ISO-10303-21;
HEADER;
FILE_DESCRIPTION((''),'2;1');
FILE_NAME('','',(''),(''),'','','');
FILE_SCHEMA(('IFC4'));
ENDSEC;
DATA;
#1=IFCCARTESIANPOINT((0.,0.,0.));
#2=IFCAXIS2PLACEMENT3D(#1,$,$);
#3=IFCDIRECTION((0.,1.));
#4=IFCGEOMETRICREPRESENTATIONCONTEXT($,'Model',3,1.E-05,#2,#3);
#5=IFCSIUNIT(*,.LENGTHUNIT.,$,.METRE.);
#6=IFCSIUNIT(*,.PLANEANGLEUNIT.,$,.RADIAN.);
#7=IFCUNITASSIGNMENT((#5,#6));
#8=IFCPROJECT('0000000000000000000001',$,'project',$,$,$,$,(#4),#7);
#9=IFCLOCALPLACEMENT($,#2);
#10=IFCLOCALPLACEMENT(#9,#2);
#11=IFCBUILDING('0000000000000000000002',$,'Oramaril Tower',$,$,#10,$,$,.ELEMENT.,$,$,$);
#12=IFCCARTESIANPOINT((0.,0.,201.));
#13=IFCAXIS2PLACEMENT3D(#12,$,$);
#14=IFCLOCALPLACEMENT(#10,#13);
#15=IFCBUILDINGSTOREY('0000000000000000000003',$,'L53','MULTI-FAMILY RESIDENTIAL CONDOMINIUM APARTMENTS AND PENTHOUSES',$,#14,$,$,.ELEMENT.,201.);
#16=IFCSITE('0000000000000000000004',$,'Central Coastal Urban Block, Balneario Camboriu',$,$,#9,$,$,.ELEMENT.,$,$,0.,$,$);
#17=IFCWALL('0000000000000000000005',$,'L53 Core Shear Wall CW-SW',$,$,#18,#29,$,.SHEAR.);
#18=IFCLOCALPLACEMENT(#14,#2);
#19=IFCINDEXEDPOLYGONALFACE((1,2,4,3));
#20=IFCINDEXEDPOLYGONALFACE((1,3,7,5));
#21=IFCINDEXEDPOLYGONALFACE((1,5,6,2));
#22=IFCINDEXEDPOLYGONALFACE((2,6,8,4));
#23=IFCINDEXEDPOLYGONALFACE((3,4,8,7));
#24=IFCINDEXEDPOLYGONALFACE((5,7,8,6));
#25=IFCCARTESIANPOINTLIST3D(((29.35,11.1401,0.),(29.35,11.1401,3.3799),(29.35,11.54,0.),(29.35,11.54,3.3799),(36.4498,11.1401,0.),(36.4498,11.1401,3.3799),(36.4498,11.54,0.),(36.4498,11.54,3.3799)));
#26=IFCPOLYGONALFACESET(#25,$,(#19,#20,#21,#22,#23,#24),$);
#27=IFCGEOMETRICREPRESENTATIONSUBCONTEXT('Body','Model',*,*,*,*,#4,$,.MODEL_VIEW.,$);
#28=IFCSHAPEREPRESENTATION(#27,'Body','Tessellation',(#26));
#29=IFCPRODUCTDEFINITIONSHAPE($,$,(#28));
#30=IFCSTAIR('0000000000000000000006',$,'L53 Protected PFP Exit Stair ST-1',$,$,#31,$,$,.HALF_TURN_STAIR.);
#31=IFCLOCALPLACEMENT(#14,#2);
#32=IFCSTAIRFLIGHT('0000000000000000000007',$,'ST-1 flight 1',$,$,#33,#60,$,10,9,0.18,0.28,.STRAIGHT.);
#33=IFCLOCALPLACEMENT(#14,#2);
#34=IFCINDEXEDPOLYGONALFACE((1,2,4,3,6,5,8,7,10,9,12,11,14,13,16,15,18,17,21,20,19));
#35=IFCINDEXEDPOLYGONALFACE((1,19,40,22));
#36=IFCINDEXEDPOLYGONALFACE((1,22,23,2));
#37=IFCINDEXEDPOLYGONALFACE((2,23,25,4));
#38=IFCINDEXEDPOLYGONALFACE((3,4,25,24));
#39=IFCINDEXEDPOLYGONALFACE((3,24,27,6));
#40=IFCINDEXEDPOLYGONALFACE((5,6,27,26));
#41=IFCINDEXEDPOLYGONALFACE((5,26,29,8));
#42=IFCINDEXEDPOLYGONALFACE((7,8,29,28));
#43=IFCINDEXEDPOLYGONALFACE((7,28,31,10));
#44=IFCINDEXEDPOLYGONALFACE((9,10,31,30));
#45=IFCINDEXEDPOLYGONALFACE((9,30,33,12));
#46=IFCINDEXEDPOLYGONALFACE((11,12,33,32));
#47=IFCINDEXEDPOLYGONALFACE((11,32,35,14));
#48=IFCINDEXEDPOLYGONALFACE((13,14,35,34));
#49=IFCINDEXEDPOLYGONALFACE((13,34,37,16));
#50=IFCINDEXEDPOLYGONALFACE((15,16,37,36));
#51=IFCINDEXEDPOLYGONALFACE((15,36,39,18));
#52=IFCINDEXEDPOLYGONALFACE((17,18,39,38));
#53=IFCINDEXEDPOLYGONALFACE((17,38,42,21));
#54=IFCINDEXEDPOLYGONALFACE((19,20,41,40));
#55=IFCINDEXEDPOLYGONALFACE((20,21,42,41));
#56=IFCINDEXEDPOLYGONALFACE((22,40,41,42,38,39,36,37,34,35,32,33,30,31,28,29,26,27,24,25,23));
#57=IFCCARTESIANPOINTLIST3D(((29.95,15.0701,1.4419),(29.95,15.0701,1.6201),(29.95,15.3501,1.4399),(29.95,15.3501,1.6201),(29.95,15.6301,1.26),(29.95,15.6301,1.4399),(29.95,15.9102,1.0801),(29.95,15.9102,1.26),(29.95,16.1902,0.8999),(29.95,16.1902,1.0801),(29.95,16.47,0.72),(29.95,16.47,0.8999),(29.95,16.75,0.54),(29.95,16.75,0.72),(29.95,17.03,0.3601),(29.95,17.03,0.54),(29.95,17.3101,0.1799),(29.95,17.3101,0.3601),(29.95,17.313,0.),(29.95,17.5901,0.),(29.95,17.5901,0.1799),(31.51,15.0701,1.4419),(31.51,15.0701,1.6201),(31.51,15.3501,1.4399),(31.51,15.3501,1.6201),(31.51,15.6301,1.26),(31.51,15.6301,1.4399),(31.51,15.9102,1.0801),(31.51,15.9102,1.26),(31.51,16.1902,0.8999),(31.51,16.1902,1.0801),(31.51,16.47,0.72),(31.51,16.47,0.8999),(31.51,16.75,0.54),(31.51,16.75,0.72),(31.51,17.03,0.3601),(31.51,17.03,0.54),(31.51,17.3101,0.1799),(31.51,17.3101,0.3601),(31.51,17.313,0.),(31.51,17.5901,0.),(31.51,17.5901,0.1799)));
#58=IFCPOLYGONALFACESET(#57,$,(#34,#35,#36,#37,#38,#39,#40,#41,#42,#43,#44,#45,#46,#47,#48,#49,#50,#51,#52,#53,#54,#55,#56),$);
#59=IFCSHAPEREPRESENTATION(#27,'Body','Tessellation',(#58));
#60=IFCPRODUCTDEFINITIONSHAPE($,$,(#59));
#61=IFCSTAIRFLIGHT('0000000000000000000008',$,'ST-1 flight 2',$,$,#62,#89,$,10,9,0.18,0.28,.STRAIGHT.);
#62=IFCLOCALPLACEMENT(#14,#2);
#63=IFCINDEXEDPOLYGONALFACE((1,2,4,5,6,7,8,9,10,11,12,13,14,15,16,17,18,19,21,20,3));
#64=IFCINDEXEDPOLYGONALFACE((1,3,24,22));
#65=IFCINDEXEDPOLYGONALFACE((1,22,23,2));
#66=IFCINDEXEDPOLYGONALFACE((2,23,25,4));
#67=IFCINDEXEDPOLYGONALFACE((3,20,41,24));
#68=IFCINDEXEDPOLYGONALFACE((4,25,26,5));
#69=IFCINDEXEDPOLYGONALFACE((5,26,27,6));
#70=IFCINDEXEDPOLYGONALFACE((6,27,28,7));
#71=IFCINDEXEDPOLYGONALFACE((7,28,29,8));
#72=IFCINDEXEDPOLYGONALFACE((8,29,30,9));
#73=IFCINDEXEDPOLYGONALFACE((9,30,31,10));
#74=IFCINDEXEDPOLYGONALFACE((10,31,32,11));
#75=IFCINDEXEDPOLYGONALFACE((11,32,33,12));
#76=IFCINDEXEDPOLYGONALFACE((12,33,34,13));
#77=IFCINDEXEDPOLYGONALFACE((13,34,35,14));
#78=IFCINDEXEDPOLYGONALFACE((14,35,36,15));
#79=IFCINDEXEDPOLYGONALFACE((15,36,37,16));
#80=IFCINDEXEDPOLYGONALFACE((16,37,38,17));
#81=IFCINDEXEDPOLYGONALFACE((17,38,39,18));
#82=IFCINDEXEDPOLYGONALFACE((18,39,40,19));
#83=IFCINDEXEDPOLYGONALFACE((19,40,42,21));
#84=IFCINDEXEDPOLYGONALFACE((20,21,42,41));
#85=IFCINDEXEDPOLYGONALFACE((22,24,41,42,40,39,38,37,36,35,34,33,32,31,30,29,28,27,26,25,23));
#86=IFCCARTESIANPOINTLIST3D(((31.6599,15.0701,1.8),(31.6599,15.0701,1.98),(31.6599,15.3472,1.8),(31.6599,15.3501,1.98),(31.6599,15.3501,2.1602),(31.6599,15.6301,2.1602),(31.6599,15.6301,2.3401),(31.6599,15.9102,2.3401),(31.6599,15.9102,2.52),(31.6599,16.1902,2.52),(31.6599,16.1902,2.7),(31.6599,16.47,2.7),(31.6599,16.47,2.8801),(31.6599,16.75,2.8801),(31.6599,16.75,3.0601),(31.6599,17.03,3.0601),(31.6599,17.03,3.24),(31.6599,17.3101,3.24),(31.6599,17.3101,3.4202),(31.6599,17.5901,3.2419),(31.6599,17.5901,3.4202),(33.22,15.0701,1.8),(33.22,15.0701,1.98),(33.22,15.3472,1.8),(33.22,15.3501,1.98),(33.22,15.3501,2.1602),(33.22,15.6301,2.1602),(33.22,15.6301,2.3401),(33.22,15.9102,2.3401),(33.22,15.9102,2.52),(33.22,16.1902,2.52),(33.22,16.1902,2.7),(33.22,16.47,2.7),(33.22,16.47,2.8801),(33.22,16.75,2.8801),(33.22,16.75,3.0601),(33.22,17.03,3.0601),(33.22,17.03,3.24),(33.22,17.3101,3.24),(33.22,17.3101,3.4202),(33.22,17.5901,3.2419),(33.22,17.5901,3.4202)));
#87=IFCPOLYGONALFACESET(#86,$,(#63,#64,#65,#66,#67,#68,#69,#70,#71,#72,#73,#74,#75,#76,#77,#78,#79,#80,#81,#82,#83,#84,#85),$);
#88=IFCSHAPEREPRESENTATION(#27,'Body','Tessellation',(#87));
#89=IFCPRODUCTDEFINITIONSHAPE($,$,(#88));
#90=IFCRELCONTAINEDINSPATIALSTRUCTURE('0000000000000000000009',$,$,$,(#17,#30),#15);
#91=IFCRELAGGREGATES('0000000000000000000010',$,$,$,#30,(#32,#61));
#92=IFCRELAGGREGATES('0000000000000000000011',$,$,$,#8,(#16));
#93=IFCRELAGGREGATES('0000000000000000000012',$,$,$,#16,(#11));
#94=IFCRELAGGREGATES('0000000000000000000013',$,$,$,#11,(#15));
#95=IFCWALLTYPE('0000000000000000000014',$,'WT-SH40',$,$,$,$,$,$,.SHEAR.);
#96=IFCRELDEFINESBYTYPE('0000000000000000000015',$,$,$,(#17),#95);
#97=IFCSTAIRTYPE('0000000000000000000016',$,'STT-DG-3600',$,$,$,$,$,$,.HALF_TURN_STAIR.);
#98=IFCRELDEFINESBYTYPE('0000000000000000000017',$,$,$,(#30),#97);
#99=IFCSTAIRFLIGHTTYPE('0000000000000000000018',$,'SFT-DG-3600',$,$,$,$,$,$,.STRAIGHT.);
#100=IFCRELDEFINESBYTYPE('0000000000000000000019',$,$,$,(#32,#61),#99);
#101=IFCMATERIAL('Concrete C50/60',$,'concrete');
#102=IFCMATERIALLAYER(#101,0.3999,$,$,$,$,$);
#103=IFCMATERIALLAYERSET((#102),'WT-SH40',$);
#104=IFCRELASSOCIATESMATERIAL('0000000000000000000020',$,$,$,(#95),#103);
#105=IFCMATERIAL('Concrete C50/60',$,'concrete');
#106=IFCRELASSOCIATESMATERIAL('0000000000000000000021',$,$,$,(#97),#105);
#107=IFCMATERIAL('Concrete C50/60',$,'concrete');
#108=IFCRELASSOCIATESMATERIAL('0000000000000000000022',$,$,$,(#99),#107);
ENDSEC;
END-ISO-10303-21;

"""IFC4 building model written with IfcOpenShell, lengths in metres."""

from ifc_helpers import new_model, si_unit, direction, frame, frame_2d, origin, place, context, subcontext, project, spatial, polyline, rectangle, outline, extrude, material, layer, layer_set, type_object, element, aggregate, save


model = new_model("IFC4")

# Units and contexts
model_context = context("Model", 3, precision=1e-05, world=origin(), true_north=direction((0.0, 1.0)))
body_context = subcontext(model_context, "Body", "Model", "MODEL_VIEW")
ifc_project = project(units=[si_unit("LENGTHUNIT", "METRE"), si_unit("PLANEANGLEUNIT", "RADIAN")], contexts=[model_context])

# Site, building, storey
site_placement = place(None, origin())
site = spatial("IfcSite", under=ifc_project, at=site_placement, Name="Central Coastal Urban Block, Balneario Camboriu", CompositionType="ELEMENT", RefElevation=0.0)
building_placement = place(site_placement, origin())
building = spatial("IfcBuilding", under=site, at=building_placement, Name="Oramaril Tower", CompositionType="ELEMENT")
storey_placement = place(building_placement, frame((0.0, 0.0, 201.0)))
storey = spatial("IfcBuildingStorey", under=building, at=storey_placement, Name="L53", Description="MULTI-FAMILY RESIDENTIAL CONDOMINIUM APARTMENTS AND PENTHOUSES", CompositionType="ELEMENT", Elevation=201.0)

# Wall
ifc_material_1 = material(Name="Concrete C50/60", Category="concrete")
ifc_layer_1 = layer(ifc_material_1, 0.3999)
ifc_layer_set_1 = layer_set([ifc_layer_1], Name="WT-SH40")
wall_type_1 = type_object("IfcWallType", Name="WT-SH40", PredefinedType="SHEAR", material=ifc_layer_set_1)
wall_1_placement = place(storey_placement, frame((29.3501, 11.3401, 0.0), z_axis=(0.0, 0.0, 1.0), x_axis=(1.0, 0.0, 0.0)))
element("IfcWall", 1, at=wall_1_placement, inside=storey, type_object=wall_type_1, Name="L53 Core Shear Wall CW-SW", PredefinedType="SHEAR", context=body_context, shape_type="SweptSolid", body=[
    extrude(rectangle(XDim=7.0999, YDim=0.3999, at=frame_2d((3.5498, 0.0))), origin(), (0.0, 0.0, 1.0), 3.3799),
])

# Stair, stair flights
ifc_material_2 = material(Name="Concrete C50/60", Category="concrete")
stair_type = type_object("IfcStairType", Name="STT-DG-3600", PredefinedType="HALF_TURN_STAIR", material=ifc_material_2)
stair_placement = place(storey_placement, origin())
stair = element("IfcStair", 2, at=stair_placement, inside=storey, type_object=stair_type, Name="L53 Protected PFP Exit Stair ST-1", PredefinedType="HALF_TURN_STAIR")
ifc_material_3 = material(Name="Concrete C50/60", Category="concrete")
stair_flight_type = type_object("IfcStairFlightType", Name="SFT-DG-3600", PredefinedType="STRAIGHT", material=ifc_material_3)
stair_flight_1_placement = place(storey_placement, frame((30.73, 17.5901, 0.0), z_axis=(0.0, 0.0, 1.0), x_axis=(0.0, -1.0, 0.0)))
stair_flight_1 = element("IfcStairFlight", 3, at=stair_flight_1_placement, type_object=stair_flight_type, Name="ST-1 flight 1", NumberOfRisers=10, NumberOfTreads=9, PredefinedType="STRAIGHT", RiserHeight=0.18, TreadLength=0.28, context=body_context, shape_type="SweptSolid", body=[
    extrude(outline(polyline([(0.0, 0.0), (0.0, 0.1799), (0.28, 0.1799), (0.28, 0.3601), (0.5601, 0.3601), (0.5601, 0.54), (0.8401, 0.54), (0.8401, 0.72), (1.1201, 0.72), (1.1201, 0.8999), (1.3999, 0.8999), (1.3999, 1.0801), (1.6799, 1.0801), (1.6799, 1.26), (1.96, 1.26), (1.96, 1.4399), (2.24, 1.4399), (2.24, 1.6201), (2.52, 1.6201), (2.52, 1.8), (2.52, 1.4419), (0.2771, 0.0), (0.0, 0.0)])), frame((0.0, 0.78, 0.0), z_axis=(0.0, -1.0, 0.0), x_axis=(1.0, 0.0, 0.0)), (0.0, 0.0, 1.0), 1.5601),
])
stair_flight_2_placement = place(storey_placement, frame((32.4399, 15.0701, 1.8), z_axis=(0.0, 0.0, 1.0), x_axis=(0.0, 1.0, 0.0)))
stair_flight_2 = element("IfcStairFlight", 4, at=stair_flight_2_placement, type_object=stair_flight_type, Name="ST-1 flight 2", NumberOfRisers=10, NumberOfTreads=9, PredefinedType="STRAIGHT", RiserHeight=0.18, TreadLength=0.28, context=body_context, shape_type="SweptSolid", body=[
    extrude(outline(polyline([(0.0, 0.0), (0.0, 0.1799), (0.28, 0.1799), (0.28, 0.3601), (0.5601, 0.3601), (0.5601, 0.54), (0.8401, 0.54), (0.8401, 0.72), (1.1201, 0.72), (1.1201, 0.8999), (1.3999, 0.8999), (1.3999, 1.0801), (1.6799, 1.0801), (1.6799, 1.26), (1.96, 1.26), (1.96, 1.4399), (2.24, 1.4399), (2.24, 1.6201), (2.52, 1.6201), (2.52, 1.8), (2.52, 1.4419), (0.2771, 0.0), (0.0, 0.0)])), frame((0.0, 0.78, 0.0), z_axis=(0.0, -1.0, 0.0), x_axis=(1.0, 0.0, 0.0)), (0.0, 0.0, 1.0), 1.5601),
])
aggregate(stair, [stair_flight_1, stair_flight_2])

save(model, "model.ifc")
